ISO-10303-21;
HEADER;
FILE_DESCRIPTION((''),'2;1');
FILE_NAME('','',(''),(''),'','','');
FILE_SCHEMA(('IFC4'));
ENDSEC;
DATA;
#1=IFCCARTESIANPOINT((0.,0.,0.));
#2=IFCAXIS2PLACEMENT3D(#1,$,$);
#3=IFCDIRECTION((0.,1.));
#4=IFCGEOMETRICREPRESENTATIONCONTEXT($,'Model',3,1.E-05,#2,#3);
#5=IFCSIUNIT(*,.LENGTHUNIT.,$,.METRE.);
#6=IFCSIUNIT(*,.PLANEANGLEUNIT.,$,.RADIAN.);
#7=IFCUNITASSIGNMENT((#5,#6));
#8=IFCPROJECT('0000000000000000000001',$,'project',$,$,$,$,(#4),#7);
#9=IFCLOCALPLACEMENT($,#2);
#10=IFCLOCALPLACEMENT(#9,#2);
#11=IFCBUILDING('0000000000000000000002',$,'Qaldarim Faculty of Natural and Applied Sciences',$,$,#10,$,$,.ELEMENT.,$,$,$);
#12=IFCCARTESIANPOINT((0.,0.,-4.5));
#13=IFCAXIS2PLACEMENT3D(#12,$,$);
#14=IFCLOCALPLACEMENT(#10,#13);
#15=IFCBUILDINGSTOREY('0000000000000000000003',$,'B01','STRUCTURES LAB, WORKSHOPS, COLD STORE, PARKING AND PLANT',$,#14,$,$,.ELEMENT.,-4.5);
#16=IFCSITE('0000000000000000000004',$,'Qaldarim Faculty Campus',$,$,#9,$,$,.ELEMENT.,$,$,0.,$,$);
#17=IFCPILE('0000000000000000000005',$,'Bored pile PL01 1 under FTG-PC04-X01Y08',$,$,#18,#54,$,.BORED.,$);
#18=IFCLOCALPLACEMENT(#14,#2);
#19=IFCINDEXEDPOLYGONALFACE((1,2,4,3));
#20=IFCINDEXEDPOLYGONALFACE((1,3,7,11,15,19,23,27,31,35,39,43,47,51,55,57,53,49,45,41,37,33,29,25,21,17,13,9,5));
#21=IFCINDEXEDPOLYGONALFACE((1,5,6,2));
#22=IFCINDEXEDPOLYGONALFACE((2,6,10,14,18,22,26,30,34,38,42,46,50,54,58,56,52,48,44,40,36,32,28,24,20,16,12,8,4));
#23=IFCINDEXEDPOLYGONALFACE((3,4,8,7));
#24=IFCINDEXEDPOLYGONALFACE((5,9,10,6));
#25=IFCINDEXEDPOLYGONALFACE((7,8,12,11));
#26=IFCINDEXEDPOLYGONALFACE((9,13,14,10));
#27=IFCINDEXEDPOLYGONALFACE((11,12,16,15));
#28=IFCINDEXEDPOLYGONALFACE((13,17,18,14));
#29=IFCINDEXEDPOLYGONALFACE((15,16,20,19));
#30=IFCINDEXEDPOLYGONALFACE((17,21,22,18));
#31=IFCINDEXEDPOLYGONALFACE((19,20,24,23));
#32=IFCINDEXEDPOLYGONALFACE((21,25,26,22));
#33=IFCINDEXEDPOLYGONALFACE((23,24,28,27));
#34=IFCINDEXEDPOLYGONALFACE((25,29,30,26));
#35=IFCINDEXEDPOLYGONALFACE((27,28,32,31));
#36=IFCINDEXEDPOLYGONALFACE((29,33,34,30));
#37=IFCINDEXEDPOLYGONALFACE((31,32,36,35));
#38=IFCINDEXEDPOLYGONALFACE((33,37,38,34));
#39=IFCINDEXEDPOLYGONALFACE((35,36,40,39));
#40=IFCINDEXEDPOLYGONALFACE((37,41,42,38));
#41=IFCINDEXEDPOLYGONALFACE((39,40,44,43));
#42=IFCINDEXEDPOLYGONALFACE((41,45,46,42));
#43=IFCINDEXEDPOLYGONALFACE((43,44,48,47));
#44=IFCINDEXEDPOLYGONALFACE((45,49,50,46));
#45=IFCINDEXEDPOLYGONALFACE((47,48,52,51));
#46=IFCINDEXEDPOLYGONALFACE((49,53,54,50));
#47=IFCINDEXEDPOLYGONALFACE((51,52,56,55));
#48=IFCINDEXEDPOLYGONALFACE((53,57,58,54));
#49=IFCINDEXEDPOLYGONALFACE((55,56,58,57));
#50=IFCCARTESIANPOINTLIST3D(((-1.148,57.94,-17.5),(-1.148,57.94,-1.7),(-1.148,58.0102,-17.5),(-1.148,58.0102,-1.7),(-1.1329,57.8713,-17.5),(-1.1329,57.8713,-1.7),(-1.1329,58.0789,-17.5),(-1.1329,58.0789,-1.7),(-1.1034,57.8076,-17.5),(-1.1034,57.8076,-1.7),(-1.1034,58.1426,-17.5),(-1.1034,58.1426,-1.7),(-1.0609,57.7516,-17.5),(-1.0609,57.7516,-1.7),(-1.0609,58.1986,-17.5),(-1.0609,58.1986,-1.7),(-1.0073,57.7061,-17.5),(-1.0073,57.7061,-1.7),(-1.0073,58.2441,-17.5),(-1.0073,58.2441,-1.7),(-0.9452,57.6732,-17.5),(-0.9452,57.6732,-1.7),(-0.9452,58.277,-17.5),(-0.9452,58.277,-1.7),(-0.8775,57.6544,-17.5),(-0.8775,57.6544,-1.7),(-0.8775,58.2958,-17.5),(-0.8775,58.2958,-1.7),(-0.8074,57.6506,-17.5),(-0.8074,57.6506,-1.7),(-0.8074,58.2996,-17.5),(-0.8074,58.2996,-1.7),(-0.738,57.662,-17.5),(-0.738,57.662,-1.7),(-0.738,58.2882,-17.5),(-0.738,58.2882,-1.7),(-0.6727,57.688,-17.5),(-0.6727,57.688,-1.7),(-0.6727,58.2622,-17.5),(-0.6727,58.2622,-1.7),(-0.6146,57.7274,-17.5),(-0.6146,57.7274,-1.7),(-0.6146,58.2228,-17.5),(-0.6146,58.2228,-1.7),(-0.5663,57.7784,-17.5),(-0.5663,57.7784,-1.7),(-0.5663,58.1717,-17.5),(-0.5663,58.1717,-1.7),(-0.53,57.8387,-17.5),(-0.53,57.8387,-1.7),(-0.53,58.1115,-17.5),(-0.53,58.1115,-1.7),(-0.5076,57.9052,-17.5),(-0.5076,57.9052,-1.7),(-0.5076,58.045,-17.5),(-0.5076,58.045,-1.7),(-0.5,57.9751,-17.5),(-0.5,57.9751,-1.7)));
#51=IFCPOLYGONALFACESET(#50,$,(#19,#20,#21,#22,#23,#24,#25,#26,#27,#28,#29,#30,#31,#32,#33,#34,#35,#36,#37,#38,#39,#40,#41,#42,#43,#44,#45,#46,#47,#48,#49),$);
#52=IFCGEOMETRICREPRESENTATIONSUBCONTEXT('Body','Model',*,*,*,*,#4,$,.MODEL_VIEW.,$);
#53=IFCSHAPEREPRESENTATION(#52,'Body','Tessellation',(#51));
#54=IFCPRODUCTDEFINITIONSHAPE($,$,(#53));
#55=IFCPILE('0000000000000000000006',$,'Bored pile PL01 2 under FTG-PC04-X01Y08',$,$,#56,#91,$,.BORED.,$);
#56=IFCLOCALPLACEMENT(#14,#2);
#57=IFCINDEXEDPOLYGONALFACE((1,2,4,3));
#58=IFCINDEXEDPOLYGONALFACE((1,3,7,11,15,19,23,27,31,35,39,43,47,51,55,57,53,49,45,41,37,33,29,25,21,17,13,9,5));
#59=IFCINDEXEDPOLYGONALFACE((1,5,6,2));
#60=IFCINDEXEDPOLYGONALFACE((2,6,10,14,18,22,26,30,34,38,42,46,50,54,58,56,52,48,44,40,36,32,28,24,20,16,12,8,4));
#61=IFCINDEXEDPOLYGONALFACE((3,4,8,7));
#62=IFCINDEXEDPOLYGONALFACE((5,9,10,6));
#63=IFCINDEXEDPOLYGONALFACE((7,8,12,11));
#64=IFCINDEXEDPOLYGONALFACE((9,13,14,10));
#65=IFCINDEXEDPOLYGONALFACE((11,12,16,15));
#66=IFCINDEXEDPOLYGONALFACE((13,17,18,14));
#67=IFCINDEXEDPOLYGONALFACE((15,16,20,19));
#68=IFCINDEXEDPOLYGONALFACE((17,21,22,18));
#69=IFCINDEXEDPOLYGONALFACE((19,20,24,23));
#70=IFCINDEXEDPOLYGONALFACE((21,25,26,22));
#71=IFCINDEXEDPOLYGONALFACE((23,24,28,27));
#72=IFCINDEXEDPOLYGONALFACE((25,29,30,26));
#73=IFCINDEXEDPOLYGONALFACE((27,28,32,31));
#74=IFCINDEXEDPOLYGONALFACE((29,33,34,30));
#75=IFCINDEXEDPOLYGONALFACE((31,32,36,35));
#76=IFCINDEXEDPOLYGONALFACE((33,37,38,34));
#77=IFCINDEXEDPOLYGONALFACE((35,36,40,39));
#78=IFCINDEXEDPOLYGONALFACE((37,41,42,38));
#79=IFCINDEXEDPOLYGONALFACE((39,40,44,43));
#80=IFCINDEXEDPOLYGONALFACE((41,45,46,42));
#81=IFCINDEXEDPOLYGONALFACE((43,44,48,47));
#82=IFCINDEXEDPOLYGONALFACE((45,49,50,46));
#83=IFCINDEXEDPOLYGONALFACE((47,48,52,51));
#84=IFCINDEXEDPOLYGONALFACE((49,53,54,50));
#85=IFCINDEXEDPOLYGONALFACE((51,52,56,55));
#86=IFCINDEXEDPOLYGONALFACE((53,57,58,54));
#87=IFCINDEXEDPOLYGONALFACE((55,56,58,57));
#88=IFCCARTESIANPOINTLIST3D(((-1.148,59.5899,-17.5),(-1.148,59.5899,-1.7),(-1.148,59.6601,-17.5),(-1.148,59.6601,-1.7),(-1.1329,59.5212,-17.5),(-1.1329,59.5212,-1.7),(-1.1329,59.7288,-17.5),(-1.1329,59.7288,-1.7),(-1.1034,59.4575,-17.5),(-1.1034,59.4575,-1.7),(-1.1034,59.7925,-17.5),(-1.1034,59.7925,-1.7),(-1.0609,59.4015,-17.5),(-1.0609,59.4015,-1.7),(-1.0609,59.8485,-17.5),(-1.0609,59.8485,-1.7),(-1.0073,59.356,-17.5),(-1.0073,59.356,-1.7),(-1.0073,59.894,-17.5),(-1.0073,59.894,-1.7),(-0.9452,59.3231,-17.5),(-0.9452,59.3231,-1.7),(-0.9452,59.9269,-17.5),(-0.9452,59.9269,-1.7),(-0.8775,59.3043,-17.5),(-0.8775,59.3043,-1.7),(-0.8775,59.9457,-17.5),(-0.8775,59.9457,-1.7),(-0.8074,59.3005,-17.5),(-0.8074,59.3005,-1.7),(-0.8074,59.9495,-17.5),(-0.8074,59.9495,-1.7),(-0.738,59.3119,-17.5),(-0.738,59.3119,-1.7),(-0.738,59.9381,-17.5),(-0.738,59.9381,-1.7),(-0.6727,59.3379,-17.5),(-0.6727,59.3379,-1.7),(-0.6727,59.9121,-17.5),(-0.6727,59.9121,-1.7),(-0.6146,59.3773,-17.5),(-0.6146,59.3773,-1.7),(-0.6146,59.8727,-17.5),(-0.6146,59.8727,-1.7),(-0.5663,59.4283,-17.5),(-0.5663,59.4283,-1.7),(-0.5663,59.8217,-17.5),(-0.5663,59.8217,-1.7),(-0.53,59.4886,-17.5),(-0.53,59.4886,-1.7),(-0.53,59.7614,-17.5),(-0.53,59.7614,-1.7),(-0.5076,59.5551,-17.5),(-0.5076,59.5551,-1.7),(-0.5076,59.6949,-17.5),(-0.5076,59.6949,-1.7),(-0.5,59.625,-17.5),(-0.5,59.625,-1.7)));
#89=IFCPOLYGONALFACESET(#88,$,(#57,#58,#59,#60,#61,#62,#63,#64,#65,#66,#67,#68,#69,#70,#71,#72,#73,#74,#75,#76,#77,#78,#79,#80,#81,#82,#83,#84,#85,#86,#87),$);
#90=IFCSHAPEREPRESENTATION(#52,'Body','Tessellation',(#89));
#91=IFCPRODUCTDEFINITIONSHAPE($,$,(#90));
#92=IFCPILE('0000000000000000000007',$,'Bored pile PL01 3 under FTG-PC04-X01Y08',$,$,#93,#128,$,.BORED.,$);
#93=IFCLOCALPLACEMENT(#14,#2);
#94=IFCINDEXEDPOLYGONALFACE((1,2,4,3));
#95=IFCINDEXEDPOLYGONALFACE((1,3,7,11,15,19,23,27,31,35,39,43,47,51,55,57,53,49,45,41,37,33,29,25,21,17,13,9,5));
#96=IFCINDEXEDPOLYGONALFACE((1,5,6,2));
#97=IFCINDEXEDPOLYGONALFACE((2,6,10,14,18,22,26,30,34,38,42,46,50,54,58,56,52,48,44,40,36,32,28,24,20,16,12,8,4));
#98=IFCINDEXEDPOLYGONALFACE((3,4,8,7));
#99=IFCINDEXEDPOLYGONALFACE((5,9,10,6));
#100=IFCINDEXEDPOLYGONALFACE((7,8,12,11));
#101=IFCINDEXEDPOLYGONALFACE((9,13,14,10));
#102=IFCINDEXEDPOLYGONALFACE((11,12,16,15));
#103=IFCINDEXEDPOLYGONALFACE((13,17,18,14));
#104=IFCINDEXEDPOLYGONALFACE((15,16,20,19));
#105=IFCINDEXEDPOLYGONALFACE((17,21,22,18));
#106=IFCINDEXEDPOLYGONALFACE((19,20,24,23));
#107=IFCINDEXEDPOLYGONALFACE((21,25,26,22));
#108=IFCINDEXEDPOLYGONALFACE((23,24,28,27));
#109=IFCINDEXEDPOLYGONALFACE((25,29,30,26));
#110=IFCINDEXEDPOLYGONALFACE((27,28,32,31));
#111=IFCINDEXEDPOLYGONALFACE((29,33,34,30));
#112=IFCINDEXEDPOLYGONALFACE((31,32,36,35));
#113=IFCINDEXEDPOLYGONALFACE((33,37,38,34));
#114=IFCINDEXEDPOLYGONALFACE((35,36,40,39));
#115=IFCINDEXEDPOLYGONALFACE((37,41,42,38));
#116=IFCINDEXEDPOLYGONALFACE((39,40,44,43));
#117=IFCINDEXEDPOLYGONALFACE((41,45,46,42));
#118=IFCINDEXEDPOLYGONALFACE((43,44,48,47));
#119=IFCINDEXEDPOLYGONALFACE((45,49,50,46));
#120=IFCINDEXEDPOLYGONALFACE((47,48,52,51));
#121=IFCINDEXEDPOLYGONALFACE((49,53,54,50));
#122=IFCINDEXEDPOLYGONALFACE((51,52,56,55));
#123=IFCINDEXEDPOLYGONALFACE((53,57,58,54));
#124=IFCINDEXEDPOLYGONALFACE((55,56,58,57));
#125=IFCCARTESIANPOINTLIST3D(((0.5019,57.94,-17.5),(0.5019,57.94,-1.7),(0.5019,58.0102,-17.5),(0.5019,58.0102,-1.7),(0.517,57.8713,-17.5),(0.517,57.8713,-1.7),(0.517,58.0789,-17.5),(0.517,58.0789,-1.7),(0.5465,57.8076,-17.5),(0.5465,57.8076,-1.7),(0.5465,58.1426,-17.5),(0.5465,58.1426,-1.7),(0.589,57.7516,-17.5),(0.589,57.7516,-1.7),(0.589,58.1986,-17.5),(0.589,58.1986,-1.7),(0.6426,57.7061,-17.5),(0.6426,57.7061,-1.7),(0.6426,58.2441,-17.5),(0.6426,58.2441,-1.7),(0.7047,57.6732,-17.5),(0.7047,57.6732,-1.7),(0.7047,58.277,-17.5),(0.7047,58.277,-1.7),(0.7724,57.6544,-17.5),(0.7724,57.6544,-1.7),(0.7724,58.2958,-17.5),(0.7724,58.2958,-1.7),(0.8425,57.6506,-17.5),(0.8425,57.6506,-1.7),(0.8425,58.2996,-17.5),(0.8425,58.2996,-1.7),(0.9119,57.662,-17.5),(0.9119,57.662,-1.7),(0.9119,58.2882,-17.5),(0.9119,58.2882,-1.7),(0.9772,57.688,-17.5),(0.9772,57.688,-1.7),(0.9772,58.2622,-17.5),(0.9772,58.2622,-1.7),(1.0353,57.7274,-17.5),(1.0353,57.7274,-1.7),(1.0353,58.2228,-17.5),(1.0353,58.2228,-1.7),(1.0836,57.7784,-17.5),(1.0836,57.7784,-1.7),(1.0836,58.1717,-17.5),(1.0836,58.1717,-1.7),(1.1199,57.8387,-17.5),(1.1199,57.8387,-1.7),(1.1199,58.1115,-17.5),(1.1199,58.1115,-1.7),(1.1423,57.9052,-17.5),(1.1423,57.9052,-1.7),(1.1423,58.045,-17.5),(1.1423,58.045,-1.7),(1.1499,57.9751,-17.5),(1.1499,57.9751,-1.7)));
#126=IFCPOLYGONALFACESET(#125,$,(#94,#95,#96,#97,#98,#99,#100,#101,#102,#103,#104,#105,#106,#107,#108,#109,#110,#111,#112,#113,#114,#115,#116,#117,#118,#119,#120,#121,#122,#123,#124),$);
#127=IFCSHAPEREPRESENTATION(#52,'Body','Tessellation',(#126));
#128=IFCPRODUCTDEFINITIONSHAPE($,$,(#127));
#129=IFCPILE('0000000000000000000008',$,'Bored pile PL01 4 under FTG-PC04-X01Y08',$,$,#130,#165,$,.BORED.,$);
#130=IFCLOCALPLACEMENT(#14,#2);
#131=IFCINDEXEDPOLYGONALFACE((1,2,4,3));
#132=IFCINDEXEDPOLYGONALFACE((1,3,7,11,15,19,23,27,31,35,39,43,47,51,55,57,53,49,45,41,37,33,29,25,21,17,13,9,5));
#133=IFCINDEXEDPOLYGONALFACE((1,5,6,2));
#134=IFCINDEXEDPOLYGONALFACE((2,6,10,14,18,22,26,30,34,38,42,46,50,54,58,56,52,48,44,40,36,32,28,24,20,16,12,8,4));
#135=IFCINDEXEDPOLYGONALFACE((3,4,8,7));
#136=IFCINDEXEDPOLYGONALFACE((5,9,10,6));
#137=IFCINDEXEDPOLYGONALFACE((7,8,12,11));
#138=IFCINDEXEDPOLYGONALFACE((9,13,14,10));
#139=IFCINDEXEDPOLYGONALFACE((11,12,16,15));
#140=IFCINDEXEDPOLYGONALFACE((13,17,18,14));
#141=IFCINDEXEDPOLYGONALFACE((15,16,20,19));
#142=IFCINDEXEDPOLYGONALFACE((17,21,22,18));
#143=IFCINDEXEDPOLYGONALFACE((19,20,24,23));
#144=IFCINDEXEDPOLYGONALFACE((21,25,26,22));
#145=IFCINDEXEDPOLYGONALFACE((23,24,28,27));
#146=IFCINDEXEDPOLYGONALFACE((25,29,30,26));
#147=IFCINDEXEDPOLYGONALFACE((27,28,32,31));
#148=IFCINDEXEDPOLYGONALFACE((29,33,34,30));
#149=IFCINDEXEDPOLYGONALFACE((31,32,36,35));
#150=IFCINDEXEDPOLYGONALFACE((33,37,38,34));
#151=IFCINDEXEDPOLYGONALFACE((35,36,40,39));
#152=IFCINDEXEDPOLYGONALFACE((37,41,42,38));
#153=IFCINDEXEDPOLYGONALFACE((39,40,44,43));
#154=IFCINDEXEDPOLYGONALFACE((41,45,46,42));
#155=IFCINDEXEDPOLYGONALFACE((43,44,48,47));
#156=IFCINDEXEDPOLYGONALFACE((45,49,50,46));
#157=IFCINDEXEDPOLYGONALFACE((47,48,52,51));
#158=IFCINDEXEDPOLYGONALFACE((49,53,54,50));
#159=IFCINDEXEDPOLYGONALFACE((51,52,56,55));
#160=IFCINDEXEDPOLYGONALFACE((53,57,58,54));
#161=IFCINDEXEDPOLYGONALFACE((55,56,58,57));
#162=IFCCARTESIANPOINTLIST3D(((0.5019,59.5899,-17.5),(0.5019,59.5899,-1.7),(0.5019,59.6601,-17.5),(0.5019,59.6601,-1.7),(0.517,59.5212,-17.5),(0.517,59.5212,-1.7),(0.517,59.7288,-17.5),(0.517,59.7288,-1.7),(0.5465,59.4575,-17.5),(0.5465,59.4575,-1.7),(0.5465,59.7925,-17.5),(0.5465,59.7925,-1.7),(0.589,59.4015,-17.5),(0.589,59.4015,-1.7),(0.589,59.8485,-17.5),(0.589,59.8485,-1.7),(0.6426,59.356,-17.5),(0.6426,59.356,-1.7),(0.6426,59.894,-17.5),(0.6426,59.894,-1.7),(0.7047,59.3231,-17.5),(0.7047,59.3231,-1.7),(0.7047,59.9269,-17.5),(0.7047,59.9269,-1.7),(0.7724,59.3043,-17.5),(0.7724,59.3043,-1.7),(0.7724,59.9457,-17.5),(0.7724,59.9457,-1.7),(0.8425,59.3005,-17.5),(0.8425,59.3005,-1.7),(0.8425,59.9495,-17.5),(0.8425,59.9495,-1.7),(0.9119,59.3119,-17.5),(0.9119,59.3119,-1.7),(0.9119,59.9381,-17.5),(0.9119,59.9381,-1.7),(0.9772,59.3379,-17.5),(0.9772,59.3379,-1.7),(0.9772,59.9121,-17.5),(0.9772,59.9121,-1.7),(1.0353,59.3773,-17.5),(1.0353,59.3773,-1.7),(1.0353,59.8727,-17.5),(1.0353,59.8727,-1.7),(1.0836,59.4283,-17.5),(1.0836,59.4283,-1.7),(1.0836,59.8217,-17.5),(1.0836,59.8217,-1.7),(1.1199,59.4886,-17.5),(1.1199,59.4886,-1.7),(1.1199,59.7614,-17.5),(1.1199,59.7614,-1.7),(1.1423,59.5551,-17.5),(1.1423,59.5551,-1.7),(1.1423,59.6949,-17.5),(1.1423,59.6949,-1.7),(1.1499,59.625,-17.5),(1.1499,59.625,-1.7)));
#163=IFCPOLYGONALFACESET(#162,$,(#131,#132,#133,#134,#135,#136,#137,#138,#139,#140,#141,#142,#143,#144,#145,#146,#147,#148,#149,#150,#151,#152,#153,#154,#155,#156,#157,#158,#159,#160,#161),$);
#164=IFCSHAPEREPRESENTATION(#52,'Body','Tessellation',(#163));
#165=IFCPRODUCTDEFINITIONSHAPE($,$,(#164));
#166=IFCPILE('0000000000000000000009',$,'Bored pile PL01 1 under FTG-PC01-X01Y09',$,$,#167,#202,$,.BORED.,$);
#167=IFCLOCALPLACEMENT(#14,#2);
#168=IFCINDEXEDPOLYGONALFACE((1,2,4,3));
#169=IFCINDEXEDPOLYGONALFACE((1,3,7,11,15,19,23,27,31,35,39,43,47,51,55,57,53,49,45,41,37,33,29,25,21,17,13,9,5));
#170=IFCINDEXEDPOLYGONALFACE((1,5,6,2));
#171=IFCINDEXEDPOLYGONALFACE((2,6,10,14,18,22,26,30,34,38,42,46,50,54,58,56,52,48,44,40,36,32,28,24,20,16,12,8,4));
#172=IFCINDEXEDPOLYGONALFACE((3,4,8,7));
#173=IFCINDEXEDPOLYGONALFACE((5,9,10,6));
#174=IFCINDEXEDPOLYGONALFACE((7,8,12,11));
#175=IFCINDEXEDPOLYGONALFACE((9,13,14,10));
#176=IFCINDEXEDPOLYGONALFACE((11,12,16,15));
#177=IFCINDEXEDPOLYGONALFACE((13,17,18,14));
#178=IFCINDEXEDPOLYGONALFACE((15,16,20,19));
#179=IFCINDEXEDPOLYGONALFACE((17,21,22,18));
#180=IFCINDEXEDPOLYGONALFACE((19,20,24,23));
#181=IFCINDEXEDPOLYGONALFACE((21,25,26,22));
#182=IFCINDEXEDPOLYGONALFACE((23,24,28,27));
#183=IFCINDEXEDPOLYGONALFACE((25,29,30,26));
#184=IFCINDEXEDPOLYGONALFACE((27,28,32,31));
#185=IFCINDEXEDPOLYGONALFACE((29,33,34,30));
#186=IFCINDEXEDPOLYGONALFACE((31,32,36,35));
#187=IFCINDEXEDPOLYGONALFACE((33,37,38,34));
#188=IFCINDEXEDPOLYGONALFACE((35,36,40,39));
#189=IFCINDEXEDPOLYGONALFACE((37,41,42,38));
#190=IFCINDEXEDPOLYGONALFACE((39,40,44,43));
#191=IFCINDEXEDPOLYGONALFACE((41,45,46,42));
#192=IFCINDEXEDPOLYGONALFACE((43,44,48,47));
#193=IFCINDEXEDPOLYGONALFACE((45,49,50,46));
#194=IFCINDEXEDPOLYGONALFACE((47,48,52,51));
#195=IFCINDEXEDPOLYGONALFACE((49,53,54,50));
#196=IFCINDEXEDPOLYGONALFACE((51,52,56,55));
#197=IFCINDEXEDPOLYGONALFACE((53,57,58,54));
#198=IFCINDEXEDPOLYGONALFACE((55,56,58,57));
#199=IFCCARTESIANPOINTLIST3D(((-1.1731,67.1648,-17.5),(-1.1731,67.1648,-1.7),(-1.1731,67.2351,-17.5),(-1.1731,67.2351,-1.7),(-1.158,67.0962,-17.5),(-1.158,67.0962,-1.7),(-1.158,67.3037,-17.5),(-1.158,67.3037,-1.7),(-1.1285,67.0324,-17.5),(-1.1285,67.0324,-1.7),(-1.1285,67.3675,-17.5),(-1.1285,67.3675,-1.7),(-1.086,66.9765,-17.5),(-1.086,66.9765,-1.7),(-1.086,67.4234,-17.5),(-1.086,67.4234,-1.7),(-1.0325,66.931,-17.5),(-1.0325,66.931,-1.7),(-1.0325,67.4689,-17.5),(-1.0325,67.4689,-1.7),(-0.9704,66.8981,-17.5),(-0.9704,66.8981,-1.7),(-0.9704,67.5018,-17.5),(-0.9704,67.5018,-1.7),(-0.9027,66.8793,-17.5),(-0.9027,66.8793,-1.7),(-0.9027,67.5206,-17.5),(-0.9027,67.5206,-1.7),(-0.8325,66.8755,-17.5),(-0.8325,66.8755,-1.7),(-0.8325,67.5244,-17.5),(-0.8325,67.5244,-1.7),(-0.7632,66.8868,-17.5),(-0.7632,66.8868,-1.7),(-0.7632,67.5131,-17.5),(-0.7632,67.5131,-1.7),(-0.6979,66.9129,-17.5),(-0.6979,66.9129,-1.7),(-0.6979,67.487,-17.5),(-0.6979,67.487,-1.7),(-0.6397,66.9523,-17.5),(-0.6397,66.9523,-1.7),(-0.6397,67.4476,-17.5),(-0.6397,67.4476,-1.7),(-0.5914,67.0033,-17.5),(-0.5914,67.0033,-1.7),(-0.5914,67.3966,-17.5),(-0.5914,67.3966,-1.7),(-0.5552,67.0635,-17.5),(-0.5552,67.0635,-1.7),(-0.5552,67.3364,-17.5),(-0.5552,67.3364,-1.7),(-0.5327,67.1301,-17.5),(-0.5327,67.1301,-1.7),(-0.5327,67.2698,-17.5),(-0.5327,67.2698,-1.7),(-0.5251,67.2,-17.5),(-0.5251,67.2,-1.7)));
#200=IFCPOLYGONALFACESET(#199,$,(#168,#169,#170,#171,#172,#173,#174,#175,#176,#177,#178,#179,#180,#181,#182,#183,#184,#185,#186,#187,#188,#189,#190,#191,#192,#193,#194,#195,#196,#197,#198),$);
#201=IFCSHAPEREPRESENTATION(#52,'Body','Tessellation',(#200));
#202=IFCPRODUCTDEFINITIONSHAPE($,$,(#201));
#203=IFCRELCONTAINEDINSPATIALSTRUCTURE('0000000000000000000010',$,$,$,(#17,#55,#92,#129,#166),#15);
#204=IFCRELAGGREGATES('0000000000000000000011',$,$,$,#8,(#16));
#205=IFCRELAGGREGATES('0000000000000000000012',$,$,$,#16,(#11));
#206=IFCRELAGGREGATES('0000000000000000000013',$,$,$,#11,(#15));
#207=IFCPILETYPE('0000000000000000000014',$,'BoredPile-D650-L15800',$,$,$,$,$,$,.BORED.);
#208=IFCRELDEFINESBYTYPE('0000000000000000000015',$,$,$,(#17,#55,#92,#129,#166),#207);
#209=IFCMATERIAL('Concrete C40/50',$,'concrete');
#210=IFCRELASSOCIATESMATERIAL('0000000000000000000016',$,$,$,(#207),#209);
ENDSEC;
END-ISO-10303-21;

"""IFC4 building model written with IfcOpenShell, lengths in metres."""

from ifc_helpers import new_model, si_unit, direction, frame, origin, origin_2d, place, context, subcontext, project, spatial, circle, extrude, material, material_profile, profile_set, type_object, element, save


model = new_model("IFC4")

# Units and contexts
model_context = context("Model", 3, precision=1e-05, world=origin(), true_north=direction((0.0, 1.0)))
body_context = subcontext(model_context, "Body", "Model", "MODEL_VIEW")
ifc_project = project(units=[si_unit("LENGTHUNIT", "METRE"), si_unit("PLANEANGLEUNIT", "RADIAN")], contexts=[model_context])

# Site, building, storey
site_placement = place(None, origin())
site = spatial("IfcSite", under=ifc_project, at=site_placement, Name="Qaldarim Faculty Campus", CompositionType="ELEMENT", RefElevation=0.0)
building_placement = place(site_placement, origin())
building = spatial("IfcBuilding", under=site, at=building_placement, Name="Qaldarim Faculty of Natural and Applied Sciences", CompositionType="ELEMENT")
storey_placement = place(building_placement, frame((0.0, 0.0, -4.5)))
storey = spatial("IfcBuildingStorey", under=building, at=storey_placement, Name="B01", Description="STRUCTURES LAB, WORKSHOPS, COLD STORE, PARKING AND PLANT", CompositionType="ELEMENT", Elevation=-4.5)

# Piles
ifc_material_1 = material(Name="Concrete C40/50", Category="concrete")
ifc_material_profile_1 = material_profile(ifc_material_1, circle(Radius=0.325, at=origin_2d()), Name="PILE-D650")
ifc_profile_set_1 = profile_set([ifc_material_profile_1], Name="Concrete C40/50")
pile_type_1 = type_object("IfcPileType", Name="BoredPile-D650-L15800", PredefinedType="BORED", material=ifc_profile_set_1)
for number, where, z_axis, x_axis, name in (
    (1, (-0.825, 57.9751, -1.7), (0.0, 0.0, -1.0), (1.0, 0.0, 0.0), "Bored pile PL01 1 under FTG-PC04-X01Y08"),
    (2, (-0.825, 59.625, -1.7), (0.0, 0.0, -1.0), (1.0, 0.0, 0.0), "Bored pile PL01 2 under FTG-PC04-X01Y08"),
    (3, (0.825, 57.9751, -1.7), (0.0, 0.0, -1.0), (1.0, 0.0, 0.0), "Bored pile PL01 3 under FTG-PC04-X01Y08"),
    (4, (0.825, 59.625, -1.7), (0.0, 0.0, -1.0), (1.0, 0.0, 0.0), "Bored pile PL01 4 under FTG-PC04-X01Y08"),
    (5, (-0.8501, 67.2, -1.7), (0.0, 0.0, -1.0), (1.0, 0.0, 0.0), "Bored pile PL01 1 under FTG-PC01-X01Y09"),
):
    element("IfcPile", number, at=place(storey_placement, frame(where, z_axis=z_axis, x_axis=x_axis)), inside=storey, type_object=pile_type_1, Name=name, PredefinedType="BORED", context=body_context, shape_type="SweptSolid", body=[
        extrude(circle(Radius=0.325, at=origin_2d()), origin(), (0.0, 0.0, 1.0), 15.8),
    ])

save(model, "model.ifc")
